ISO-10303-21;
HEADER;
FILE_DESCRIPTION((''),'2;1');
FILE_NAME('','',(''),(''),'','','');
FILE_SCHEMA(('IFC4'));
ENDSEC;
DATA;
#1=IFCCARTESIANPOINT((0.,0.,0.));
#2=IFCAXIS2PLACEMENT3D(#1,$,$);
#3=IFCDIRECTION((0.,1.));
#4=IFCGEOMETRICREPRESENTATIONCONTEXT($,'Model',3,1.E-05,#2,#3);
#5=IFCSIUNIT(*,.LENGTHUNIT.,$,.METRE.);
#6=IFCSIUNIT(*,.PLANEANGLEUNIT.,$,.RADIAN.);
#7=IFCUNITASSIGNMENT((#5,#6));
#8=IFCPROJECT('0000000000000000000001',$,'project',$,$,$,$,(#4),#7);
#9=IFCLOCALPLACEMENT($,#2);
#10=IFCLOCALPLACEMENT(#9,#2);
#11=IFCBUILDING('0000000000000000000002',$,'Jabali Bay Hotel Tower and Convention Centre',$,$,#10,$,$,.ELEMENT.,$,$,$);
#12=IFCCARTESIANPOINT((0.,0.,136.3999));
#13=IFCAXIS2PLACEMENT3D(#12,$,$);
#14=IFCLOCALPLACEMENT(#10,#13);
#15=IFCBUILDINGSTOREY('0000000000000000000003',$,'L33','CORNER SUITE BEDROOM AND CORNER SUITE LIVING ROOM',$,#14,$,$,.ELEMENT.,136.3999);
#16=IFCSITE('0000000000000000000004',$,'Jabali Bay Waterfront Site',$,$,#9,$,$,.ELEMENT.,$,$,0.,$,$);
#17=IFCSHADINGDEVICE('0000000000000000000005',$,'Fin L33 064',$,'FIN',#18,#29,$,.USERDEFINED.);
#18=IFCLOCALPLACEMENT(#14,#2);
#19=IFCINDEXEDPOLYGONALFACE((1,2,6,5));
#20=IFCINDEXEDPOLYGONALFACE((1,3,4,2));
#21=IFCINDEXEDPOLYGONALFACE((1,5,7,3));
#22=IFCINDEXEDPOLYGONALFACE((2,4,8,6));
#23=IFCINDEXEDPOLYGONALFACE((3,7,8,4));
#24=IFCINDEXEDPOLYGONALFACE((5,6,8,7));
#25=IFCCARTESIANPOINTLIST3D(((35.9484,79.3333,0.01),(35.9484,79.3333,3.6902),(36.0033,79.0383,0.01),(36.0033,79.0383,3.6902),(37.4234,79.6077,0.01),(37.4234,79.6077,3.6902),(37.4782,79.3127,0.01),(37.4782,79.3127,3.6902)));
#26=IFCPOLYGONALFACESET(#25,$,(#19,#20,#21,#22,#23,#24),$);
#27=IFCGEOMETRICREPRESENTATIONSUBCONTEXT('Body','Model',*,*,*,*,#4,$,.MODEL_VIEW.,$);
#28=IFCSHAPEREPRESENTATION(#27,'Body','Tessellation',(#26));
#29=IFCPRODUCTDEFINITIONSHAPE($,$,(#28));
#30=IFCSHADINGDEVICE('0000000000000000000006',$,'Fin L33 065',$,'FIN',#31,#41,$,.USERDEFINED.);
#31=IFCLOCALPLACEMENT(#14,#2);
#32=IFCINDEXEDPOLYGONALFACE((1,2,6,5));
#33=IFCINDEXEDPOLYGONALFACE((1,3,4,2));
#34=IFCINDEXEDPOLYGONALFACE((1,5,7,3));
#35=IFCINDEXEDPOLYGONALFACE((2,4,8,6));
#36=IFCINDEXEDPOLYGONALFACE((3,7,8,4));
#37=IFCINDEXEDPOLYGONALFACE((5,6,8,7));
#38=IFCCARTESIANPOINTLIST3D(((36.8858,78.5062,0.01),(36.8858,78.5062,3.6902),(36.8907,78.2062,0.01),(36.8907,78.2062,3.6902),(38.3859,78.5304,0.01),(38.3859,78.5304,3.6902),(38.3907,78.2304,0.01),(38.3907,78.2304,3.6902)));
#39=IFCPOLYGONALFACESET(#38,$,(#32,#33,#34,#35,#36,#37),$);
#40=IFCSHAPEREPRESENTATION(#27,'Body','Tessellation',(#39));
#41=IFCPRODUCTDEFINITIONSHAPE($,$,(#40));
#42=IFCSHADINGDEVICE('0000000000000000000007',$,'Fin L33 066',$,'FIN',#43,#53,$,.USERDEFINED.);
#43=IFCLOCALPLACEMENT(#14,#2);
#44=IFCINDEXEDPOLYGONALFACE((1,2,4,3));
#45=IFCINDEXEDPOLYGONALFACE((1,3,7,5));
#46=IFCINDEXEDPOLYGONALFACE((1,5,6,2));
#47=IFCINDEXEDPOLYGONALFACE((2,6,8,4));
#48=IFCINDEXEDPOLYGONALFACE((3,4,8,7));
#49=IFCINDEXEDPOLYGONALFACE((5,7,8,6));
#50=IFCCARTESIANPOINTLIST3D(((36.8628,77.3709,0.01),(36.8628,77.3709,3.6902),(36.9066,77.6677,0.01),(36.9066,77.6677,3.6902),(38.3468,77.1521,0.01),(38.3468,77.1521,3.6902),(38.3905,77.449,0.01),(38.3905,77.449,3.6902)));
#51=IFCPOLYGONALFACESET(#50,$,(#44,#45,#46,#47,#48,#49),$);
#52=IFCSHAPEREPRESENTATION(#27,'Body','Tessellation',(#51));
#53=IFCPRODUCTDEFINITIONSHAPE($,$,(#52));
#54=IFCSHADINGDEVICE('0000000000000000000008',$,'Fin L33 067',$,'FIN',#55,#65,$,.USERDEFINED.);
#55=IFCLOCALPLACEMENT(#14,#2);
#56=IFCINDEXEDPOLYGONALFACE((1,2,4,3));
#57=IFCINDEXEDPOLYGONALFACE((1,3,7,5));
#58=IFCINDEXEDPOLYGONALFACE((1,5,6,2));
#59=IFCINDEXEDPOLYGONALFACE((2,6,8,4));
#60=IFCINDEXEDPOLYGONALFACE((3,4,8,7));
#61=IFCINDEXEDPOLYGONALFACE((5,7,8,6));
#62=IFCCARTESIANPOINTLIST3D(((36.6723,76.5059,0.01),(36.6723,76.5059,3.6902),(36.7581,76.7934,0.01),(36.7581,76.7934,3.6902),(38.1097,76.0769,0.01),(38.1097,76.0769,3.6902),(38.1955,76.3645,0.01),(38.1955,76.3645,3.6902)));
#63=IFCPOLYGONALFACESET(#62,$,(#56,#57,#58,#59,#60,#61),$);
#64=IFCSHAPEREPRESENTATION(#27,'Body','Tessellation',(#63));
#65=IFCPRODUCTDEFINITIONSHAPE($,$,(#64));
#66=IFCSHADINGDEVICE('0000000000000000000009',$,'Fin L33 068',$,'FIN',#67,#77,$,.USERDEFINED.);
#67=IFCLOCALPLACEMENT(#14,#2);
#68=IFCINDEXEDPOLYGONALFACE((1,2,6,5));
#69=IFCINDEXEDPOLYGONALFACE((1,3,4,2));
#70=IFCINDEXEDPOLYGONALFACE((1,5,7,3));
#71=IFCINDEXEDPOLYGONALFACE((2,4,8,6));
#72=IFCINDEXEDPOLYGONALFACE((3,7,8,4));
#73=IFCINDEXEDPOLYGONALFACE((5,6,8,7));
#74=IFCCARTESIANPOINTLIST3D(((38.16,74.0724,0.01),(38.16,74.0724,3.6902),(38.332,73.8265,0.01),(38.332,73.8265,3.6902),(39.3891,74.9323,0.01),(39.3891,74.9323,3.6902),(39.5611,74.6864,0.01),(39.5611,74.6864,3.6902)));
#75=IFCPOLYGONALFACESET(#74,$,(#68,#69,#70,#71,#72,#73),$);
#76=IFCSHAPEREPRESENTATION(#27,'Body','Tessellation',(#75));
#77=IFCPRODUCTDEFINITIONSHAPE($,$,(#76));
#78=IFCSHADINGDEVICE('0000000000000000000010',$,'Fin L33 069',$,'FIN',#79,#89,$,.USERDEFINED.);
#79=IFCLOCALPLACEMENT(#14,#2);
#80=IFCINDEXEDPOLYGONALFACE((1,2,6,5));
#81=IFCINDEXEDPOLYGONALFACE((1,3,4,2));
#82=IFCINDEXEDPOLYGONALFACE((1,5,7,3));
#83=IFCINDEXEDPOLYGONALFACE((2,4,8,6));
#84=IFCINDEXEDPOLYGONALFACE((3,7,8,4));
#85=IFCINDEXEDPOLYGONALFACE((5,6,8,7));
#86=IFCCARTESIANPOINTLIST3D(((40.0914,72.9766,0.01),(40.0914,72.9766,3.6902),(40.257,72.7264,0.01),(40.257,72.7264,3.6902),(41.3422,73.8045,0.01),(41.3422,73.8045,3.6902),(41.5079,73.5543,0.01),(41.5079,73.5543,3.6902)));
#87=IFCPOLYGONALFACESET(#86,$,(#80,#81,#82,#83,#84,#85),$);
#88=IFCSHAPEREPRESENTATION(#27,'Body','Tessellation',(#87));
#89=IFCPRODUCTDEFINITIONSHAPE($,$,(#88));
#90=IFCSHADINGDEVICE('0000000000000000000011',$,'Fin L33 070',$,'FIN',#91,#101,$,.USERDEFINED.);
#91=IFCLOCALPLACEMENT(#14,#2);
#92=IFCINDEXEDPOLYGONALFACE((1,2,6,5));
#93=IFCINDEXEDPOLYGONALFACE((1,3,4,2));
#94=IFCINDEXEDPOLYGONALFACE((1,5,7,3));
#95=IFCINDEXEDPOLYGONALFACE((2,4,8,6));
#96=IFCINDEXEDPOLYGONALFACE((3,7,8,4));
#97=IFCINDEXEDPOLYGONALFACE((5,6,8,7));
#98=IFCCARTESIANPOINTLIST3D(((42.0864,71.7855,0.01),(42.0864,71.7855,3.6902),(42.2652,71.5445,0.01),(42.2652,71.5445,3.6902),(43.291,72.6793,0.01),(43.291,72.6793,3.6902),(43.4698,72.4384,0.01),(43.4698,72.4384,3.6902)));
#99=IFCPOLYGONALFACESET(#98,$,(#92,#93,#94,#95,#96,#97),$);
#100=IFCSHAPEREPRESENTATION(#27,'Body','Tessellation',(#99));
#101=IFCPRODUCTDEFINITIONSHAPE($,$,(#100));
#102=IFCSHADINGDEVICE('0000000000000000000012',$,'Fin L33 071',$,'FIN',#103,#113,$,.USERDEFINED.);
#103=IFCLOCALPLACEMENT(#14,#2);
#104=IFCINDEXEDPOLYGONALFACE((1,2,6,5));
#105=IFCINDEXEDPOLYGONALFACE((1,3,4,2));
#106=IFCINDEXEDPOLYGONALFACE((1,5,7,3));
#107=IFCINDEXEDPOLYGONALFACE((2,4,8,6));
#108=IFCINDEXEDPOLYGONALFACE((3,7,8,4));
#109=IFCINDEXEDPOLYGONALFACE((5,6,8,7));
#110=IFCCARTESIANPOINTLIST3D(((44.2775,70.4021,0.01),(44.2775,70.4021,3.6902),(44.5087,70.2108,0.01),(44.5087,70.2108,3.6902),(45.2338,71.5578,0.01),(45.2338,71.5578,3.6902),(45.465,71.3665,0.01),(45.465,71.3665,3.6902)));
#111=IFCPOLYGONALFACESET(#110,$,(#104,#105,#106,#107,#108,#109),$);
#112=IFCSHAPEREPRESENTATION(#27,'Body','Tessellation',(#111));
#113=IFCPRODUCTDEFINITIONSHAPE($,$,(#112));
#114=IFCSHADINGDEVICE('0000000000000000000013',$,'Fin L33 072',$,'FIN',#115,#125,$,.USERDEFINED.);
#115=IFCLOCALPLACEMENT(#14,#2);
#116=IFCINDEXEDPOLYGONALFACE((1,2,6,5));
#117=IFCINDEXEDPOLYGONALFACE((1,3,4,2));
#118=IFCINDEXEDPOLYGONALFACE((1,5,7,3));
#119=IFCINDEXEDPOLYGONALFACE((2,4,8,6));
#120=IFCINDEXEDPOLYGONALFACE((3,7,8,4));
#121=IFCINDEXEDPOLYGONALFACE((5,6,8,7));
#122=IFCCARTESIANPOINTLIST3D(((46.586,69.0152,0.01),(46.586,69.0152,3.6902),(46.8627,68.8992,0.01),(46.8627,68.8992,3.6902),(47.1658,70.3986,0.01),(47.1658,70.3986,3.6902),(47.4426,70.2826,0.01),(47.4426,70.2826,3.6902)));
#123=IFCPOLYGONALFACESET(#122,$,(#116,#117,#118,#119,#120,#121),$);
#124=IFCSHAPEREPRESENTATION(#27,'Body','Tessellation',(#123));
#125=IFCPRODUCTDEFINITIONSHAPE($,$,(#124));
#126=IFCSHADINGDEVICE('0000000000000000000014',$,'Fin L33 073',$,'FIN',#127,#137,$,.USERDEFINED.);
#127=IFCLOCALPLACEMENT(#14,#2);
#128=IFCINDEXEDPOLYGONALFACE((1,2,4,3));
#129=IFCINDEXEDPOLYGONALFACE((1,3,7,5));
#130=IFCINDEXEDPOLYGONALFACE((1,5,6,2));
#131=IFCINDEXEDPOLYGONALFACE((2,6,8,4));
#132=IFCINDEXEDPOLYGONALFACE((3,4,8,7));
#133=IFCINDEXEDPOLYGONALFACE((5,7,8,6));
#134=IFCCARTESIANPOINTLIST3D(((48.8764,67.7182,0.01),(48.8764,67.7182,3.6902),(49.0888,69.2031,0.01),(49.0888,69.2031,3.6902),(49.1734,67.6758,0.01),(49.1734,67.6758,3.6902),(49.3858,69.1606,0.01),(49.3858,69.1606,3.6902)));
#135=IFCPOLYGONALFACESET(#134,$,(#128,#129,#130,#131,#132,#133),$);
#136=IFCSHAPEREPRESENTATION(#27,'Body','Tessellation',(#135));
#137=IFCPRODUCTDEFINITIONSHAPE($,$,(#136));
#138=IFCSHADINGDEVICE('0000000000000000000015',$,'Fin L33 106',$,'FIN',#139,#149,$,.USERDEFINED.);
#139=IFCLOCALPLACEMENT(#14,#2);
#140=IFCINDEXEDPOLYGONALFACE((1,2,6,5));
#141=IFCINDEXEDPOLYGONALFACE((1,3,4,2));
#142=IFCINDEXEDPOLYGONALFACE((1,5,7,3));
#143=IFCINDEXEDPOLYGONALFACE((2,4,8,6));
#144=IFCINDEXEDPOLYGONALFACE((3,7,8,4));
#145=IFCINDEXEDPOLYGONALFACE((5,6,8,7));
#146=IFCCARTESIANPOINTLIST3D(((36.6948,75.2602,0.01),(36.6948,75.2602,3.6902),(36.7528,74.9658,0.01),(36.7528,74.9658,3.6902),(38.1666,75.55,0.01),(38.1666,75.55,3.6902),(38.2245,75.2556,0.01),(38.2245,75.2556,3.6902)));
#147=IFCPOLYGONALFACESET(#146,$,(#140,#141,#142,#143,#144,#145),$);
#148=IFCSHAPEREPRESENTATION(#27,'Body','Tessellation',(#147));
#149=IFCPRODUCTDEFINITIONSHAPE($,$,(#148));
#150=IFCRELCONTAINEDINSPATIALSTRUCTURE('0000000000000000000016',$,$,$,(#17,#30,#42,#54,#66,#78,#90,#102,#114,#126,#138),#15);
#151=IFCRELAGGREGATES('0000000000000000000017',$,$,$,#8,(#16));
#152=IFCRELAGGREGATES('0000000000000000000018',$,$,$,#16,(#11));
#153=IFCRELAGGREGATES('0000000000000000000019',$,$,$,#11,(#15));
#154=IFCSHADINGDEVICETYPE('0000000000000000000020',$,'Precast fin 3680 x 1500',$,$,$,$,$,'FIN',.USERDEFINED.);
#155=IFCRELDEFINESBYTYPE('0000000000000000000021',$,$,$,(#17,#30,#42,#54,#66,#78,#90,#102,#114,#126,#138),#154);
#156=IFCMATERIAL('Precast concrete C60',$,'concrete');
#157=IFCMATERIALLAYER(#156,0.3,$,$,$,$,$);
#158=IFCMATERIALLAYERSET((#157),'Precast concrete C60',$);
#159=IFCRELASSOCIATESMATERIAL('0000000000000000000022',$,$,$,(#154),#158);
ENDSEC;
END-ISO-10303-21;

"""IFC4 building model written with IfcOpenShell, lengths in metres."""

from ifc_helpers import new_model, si_unit, direction, frame, frame_2d, origin, place, context, subcontext, project, spatial, rectangle, extrude, material, layer, layer_set, type_object, element, save


model = new_model("IFC4")

# Units and contexts
model_context = context("Model", 3, precision=1e-05, world=origin(), true_north=direction((0.0, 1.0)))
body_context = subcontext(model_context, "Body", "Model", "MODEL_VIEW")
ifc_project = project(units=[si_unit("LENGTHUNIT", "METRE"), si_unit("PLANEANGLEUNIT", "RADIAN")], contexts=[model_context])

# Site, building, storey
site_placement = place(None, origin())
site = spatial("IfcSite", under=ifc_project, at=site_placement, Name="Jabali Bay Waterfront Site", CompositionType="ELEMENT", RefElevation=0.0)
building_placement = place(site_placement, origin())
building = spatial("IfcBuilding", under=site, at=building_placement, Name="Jabali Bay Hotel Tower and Convention Centre", CompositionType="ELEMENT")
storey_placement = place(building_placement, frame((0.0, 0.0, 136.3999)))
storey = spatial("IfcBuildingStorey", under=building, at=storey_placement, Name="L33", Description="CORNER SUITE BEDROOM AND CORNER SUITE LIVING ROOM", CompositionType="ELEMENT", Elevation=136.3999)

# Shading devices
ifc_material_1 = material(Name="Precast concrete C60", Category="concrete")
ifc_layer_1 = layer(ifc_material_1, 0.3)
ifc_layer_set_1 = layer_set([ifc_layer_1], Name="Precast concrete C60")
shading_device_type = type_object("IfcShadingDeviceType", Name="Precast fin 3680 x 1500", ElementType="FIN", PredefinedType="USERDEFINED", material=ifc_layer_set_1)
for number, where, z_axis, x_axis, name in (
    (1, (37.4507, 79.4602, 0.01), (0.0, 0.0, 1.0), (-0.983127, -0.182923, 0.0), "Fin L33 064"),
    (2, (38.3882, 78.3804, 0.01), (0.0, 0.0, 1.0), (-0.99987, -0.016111, 0.0), "Fin L33 065"),
):
    element("IfcShadingDevice", number, at=place(storey_placement, frame(where, z_axis=z_axis, x_axis=x_axis)), inside=storey, type_object=shading_device_type, Name=name, ObjectType="FIN", PredefinedType="USERDEFINED", context=body_context, shape_type="SweptSolid", body=[
        extrude(rectangle(XDim=1.5002, YDim=0.3, at=frame_2d((0.75, 0.0))), origin(), (0.0, 0.0, 1.0), 3.6802),
    ])
for number, where, z_axis, x_axis, name in (
    (3, (38.3687, 77.3005, 0.01), (0.0, 0.0, 1.0), (-0.989308, 0.145841, 0.0), "Fin L33 066"),
    (4, (38.1526, 76.2207, 0.01), (0.0, 0.0, 1.0), (-0.958233, 0.285989, 0.0), "Fin L33 067"),
    (5, (39.4751, 74.8093, 0.01), (0.0, 0.0, 1.0), (-0.81937, -0.573266, 0.0), "Fin L33 068"),
    (6, (41.425, 73.6794, 0.01), (0.0, 0.0, 1.0), (-0.833874, -0.551955, 0.0), "Fin L33 069"),
    (7, (43.3804, 72.5588, 0.01), (0.0, 0.0, 1.0), (-0.803075, -0.595877, 0.0), "Fin L33 070"),
    (8, (45.3494, 71.4622, 0.01), (0.0, 0.0, 1.0), (-0.637491, -0.770458, 0.0), "Fin L33 071"),
    (9, (47.3042, 70.3406, 0.01), (0.0, 0.0, 1.0), (-0.386579, -0.922256, 0.0), "Fin L33 072"),
    (10, (49.2373, 69.1819, 0.01), (0.0, 0.0, 1.0), (-0.141604, -0.989923, 0.0), "Fin L33 073"),
    (11, (38.1956, 75.4028, 0.01), (0.0, 0.0, 1.0), (-0.981159, -0.193204, 0.0), "Fin L33 106"),
):
    element("IfcShadingDevice", number, at=place(storey_placement, frame(where, z_axis=z_axis, x_axis=x_axis)), inside=storey, type_object=shading_device_type, Name=name, ObjectType="FIN", PredefinedType="USERDEFINED", context=body_context, shape_type="SweptSolid", body=[
        extrude(rectangle(XDim=1.5, YDim=0.3, at=frame_2d((0.75, 0.0))), origin(), (0.0, 0.0, 1.0), 3.6802),
    ])

save(model, "model.ifc")
